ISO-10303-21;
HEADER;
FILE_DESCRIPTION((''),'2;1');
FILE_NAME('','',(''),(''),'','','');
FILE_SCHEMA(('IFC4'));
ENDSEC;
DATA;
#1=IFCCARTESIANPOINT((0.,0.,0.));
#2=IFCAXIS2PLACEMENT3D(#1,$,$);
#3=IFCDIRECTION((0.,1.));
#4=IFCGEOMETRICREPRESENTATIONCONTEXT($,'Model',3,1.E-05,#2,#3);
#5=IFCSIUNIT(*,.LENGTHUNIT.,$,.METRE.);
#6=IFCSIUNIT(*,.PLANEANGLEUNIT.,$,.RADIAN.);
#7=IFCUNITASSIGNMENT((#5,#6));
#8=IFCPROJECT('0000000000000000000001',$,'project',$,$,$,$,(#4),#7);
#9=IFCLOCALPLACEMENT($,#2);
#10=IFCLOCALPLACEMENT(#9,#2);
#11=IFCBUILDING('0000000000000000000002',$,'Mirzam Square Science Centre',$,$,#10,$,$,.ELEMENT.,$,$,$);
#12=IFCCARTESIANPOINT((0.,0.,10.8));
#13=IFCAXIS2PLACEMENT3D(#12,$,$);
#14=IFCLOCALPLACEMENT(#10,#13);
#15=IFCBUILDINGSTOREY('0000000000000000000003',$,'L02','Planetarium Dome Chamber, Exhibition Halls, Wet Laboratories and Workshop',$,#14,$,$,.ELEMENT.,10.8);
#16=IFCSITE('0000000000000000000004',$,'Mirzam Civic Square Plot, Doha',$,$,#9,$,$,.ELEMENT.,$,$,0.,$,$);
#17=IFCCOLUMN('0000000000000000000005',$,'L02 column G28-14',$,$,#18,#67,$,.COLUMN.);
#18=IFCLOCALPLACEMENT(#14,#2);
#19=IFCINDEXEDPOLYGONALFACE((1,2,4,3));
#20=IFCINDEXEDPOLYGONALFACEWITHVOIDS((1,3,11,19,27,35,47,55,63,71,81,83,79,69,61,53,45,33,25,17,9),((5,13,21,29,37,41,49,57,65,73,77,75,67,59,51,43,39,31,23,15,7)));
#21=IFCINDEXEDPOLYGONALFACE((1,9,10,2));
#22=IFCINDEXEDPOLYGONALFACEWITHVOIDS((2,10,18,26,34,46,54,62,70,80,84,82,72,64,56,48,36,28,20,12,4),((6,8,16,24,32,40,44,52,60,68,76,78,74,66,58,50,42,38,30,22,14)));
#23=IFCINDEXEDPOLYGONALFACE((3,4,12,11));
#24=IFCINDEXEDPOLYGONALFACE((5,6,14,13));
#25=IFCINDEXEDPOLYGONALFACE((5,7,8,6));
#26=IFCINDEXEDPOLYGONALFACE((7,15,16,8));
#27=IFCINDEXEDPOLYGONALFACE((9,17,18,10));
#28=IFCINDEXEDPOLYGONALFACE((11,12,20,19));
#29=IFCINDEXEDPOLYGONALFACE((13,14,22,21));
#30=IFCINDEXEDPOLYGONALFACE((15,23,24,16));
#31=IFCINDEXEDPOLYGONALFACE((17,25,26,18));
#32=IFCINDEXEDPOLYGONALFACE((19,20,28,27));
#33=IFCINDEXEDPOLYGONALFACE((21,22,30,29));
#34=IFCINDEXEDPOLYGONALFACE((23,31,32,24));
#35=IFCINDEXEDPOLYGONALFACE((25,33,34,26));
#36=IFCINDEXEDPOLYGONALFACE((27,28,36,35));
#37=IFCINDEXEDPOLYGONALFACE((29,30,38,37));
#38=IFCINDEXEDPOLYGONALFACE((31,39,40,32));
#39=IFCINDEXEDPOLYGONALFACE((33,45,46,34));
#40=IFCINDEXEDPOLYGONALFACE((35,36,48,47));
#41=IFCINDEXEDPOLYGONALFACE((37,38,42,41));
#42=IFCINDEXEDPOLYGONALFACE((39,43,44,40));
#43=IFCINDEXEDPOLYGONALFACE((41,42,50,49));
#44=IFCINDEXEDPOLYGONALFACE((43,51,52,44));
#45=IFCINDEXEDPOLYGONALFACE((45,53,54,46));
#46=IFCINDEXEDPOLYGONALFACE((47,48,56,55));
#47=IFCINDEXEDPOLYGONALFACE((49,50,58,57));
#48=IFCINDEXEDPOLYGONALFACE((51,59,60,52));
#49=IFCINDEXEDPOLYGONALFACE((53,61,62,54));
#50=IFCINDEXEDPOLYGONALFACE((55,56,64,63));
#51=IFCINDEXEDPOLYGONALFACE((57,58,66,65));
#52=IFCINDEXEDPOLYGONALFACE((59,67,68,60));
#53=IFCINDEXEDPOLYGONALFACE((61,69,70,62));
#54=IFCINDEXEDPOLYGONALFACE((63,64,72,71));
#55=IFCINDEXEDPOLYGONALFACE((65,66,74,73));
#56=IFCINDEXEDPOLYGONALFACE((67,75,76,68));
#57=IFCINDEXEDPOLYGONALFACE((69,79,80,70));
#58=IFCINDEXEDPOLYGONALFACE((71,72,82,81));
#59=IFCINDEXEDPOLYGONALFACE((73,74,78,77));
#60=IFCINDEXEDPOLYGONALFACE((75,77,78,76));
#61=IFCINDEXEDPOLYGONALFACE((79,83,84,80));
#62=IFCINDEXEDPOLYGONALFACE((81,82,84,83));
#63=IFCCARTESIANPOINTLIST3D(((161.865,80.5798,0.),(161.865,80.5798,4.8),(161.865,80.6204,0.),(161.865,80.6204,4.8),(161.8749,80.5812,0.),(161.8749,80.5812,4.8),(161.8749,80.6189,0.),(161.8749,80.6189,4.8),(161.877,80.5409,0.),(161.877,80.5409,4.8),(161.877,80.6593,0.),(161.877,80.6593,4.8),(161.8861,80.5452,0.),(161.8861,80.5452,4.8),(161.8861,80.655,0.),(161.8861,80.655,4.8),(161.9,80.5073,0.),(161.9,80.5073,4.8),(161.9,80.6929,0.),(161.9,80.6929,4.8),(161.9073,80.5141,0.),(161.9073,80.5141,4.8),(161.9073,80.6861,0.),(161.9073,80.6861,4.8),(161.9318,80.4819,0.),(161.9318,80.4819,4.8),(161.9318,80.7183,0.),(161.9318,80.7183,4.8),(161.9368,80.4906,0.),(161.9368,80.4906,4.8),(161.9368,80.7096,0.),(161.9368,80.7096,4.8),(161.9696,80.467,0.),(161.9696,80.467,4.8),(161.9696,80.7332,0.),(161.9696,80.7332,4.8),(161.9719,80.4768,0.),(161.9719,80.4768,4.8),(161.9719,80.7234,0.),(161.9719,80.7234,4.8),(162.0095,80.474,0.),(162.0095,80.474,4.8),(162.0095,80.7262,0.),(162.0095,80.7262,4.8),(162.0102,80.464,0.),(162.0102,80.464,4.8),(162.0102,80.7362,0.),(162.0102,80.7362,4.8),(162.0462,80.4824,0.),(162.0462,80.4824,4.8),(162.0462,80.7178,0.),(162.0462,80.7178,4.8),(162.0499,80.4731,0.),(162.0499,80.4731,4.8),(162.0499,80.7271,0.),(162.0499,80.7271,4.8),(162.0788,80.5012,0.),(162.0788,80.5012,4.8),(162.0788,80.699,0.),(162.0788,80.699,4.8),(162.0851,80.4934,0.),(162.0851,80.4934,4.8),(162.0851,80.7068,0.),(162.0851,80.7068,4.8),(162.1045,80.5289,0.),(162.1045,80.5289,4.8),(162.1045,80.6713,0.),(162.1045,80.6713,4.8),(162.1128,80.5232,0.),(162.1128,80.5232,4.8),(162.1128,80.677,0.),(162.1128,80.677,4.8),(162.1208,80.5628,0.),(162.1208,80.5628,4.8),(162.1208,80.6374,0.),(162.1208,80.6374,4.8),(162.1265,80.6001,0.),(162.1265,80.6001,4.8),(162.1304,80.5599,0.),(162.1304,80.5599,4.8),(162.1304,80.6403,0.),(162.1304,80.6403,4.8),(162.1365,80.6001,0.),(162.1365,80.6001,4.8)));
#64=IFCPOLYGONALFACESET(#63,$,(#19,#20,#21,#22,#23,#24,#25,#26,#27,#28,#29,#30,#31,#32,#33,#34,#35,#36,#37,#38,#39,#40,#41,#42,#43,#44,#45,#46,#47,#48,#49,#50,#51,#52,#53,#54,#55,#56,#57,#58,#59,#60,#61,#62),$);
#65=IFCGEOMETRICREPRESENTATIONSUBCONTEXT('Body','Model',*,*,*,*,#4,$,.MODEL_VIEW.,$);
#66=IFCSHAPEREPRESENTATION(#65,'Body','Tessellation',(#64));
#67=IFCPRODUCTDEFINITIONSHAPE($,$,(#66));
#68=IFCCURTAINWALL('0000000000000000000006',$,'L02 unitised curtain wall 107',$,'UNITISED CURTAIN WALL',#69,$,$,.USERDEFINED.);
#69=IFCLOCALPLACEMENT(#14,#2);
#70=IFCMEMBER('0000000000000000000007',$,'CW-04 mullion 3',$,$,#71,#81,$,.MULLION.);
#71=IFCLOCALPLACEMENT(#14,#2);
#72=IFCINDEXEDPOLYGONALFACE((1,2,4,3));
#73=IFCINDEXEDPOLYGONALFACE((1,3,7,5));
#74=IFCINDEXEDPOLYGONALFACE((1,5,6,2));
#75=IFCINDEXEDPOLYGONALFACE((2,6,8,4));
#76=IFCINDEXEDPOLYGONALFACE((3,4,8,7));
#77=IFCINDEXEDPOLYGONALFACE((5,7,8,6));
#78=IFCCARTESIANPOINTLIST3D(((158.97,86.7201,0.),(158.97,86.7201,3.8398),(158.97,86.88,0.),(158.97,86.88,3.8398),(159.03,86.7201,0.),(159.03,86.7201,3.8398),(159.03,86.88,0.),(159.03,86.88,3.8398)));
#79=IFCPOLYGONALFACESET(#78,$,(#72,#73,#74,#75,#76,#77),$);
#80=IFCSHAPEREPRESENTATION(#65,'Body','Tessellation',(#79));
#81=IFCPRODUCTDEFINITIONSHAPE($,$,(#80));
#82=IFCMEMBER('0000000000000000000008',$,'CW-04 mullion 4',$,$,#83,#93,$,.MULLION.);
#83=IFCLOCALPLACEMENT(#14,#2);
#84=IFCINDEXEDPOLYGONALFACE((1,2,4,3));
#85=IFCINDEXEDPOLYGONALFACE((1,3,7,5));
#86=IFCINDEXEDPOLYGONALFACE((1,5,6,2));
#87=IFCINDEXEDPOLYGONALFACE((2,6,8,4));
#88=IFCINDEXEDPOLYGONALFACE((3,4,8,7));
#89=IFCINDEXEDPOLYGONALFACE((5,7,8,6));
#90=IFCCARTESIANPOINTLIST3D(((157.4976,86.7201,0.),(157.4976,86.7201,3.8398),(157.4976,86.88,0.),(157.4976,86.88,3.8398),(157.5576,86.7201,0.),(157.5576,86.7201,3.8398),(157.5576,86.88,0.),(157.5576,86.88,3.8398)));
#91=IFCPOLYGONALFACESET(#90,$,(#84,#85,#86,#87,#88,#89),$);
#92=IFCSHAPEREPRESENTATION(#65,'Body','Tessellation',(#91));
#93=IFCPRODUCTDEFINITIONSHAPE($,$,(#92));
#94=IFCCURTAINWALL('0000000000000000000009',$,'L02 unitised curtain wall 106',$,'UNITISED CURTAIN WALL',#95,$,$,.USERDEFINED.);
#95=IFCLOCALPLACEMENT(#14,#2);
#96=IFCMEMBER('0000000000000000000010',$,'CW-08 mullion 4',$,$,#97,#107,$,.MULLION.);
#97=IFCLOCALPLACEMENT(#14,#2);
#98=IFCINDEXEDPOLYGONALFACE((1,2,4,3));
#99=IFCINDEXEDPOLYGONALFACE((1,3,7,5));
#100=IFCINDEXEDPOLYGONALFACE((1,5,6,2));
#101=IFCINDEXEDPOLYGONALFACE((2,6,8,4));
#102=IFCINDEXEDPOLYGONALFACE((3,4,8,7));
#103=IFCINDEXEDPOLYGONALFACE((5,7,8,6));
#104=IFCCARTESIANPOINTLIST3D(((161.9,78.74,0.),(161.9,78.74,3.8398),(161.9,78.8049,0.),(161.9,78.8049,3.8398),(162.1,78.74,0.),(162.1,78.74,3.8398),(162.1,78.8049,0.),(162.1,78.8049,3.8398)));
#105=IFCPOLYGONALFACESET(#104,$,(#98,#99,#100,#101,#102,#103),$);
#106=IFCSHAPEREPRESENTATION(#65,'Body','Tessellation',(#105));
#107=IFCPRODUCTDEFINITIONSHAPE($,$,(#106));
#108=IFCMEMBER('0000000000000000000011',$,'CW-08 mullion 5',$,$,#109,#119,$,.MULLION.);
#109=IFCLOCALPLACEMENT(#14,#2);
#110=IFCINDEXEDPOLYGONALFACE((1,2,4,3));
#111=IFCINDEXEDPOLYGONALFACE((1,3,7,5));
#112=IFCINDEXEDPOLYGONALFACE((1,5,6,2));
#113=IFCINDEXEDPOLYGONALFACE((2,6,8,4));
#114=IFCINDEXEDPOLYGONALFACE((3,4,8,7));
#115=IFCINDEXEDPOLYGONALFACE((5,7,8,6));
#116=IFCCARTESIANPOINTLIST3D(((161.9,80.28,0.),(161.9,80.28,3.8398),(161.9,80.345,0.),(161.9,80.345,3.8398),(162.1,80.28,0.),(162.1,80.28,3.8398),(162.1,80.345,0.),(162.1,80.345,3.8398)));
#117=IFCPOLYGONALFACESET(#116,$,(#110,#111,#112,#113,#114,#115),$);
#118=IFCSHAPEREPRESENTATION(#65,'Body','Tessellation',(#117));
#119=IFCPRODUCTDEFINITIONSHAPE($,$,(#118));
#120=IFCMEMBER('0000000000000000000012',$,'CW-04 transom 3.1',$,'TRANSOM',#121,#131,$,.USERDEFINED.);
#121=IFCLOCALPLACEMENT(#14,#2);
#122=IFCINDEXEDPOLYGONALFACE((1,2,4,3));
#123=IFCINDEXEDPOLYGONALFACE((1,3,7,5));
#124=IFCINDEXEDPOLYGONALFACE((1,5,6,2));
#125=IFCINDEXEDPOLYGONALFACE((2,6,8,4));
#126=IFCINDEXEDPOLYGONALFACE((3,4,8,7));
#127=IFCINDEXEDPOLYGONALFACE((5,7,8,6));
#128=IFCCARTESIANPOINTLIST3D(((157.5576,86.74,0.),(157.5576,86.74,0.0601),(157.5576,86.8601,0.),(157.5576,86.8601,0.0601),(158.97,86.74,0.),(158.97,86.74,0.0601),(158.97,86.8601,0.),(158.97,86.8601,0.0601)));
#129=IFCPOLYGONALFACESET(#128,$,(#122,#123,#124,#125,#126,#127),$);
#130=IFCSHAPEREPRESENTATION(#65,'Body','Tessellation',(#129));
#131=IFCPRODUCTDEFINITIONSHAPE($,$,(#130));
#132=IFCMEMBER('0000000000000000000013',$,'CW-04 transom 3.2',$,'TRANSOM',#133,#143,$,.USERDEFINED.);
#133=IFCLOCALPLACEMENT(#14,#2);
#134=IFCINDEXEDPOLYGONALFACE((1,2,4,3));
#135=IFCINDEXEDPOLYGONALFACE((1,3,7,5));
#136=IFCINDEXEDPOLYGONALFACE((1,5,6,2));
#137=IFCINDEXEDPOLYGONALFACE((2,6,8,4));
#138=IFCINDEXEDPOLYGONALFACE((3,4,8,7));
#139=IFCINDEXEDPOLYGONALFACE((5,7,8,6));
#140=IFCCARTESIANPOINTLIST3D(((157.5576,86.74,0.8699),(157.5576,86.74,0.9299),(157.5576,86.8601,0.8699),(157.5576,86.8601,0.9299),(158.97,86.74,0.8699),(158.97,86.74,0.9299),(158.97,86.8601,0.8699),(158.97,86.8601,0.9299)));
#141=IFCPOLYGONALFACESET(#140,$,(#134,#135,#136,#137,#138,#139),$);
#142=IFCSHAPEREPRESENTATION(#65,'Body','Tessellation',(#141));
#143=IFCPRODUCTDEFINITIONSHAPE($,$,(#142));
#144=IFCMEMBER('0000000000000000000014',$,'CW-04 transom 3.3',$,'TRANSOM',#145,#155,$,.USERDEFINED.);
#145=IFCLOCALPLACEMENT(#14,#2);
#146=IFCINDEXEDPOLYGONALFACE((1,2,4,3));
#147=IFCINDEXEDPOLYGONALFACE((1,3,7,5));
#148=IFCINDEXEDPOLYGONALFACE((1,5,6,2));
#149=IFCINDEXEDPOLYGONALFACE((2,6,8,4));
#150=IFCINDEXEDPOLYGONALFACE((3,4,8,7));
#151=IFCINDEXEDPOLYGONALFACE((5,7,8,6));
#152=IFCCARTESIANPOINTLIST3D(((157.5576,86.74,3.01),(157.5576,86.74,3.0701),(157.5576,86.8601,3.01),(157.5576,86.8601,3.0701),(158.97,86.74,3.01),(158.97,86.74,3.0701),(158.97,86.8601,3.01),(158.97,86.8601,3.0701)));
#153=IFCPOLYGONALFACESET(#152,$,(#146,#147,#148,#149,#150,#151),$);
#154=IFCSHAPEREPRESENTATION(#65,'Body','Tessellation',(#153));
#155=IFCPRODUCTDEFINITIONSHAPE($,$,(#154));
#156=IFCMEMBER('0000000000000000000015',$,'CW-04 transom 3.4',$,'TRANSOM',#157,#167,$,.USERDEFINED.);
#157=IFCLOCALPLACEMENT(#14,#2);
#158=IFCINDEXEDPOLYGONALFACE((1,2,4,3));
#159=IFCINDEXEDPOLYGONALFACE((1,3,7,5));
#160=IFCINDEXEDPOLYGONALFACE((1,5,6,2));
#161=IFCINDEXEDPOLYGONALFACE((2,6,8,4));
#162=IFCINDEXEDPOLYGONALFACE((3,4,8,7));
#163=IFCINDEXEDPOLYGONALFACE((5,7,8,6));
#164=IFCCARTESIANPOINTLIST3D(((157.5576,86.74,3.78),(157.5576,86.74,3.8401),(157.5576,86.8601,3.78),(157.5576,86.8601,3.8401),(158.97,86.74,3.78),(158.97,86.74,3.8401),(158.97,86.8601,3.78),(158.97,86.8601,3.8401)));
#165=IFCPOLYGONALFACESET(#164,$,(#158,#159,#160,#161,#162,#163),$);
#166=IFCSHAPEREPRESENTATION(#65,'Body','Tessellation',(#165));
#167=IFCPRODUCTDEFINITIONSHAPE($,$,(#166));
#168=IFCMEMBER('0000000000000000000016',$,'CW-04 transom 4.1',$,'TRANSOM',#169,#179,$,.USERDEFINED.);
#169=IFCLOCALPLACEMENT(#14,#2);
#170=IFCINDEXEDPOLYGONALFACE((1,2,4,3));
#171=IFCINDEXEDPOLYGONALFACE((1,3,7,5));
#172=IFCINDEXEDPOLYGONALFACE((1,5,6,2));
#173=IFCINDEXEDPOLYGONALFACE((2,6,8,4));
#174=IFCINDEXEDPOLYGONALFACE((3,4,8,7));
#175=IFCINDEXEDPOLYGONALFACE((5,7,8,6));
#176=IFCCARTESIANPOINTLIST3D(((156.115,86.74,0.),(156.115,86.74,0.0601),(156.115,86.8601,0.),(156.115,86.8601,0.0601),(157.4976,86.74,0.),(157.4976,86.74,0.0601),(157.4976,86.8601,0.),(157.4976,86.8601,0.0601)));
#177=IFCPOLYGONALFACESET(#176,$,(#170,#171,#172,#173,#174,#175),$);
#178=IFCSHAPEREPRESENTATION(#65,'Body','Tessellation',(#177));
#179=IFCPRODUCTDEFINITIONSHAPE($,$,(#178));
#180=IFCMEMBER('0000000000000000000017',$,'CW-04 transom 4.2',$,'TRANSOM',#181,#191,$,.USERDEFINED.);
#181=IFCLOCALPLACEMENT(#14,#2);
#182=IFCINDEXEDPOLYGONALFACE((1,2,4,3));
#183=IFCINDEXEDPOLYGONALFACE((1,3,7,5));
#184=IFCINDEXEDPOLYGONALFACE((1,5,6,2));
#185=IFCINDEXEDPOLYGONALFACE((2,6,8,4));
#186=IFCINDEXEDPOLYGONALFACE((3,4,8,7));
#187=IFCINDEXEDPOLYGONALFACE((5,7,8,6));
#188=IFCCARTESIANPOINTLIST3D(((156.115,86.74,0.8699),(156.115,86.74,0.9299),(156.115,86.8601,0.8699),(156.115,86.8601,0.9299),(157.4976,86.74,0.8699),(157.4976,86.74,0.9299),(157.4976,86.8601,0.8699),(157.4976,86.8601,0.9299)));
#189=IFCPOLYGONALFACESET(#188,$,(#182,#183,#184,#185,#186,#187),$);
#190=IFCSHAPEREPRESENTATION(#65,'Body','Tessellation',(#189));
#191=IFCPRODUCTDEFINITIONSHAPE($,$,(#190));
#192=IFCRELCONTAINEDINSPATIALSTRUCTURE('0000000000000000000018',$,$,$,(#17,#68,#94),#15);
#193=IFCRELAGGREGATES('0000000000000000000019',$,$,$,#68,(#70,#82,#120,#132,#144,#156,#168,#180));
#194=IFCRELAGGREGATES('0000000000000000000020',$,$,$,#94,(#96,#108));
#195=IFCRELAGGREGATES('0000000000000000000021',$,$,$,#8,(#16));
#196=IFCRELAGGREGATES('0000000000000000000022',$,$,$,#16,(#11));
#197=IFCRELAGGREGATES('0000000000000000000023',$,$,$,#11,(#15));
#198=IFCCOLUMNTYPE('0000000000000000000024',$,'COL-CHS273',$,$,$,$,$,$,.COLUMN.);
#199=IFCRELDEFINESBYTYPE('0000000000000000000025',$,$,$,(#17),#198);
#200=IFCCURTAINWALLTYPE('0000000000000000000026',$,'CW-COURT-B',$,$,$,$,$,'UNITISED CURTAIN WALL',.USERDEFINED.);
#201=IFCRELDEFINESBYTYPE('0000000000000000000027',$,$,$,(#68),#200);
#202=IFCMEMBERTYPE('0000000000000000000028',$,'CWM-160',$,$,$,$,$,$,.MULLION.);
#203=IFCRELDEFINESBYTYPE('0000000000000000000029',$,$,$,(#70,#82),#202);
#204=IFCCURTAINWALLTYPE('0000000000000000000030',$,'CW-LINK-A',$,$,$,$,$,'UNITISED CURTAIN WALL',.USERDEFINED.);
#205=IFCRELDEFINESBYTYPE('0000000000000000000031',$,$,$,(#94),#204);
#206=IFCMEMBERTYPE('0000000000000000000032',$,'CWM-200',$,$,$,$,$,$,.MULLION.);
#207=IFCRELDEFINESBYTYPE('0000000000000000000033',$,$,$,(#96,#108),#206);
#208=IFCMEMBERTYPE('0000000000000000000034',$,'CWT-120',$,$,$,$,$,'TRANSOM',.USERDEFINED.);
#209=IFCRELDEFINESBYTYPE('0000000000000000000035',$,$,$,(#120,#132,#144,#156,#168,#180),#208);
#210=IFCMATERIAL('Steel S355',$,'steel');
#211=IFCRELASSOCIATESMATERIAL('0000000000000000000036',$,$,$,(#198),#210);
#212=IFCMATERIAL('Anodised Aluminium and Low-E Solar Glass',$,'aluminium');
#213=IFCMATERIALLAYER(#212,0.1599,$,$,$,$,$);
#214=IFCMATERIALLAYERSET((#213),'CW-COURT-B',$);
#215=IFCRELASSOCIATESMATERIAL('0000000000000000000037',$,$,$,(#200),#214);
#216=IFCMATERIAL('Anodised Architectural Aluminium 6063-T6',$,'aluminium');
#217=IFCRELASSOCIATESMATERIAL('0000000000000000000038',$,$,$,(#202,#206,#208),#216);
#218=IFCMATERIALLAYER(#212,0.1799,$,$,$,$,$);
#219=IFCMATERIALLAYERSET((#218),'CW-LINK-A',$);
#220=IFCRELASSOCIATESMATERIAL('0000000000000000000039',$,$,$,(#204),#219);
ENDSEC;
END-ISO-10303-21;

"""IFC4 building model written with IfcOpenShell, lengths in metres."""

from ifc_helpers import new_model, si_unit, direction, frame, origin, origin_2d, place, context, subcontext, project, spatial, rectangle, hollow_circle, extrude, material, layer, layer_set, material_profile, profile_set, type_object, element, aggregate, save


model = new_model("IFC4")

# Units and contexts
model_context = context("Model", 3, precision=1e-05, world=origin(), true_north=direction((0.0, 1.0)))
body_context = subcontext(model_context, "Body", "Model", "MODEL_VIEW")
ifc_project = project(units=[si_unit("LENGTHUNIT", "METRE"), si_unit("PLANEANGLEUNIT", "RADIAN")], contexts=[model_context])

# Site, building, storey
site_placement = place(None, origin())
site = spatial("IfcSite", under=ifc_project, at=site_placement, Name="Mirzam Civic Square Plot, Doha", CompositionType="ELEMENT", RefElevation=0.0)
building_placement = place(site_placement, origin())
building = spatial("IfcBuilding", under=site, at=building_placement, Name="Mirzam Square Science Centre", CompositionType="ELEMENT")
storey_placement = place(building_placement, frame((0.0, 0.0, 10.8)))
storey = spatial("IfcBuildingStorey", under=building, at=storey_placement, Name="L02", Description="Planetarium Dome Chamber, Exhibition Halls, Wet Laboratories and Workshop", CompositionType="ELEMENT", Elevation=10.8)

# Column
ifc_material_1 = material(Name="Steel S355", Category="steel")
ifc_material_profile_1 = material_profile(ifc_material_1, hollow_circle(Radius=0.1365, WallThickness=0.01, at=origin_2d()), Name="273.0x10.0CHS")
ifc_profile_set_1 = profile_set([ifc_material_profile_1], Name="Steel S355")
column_type = type_object("IfcColumnType", Name="COL-CHS273", PredefinedType="COLUMN", material=ifc_profile_set_1)
column_placement = place(storey_placement, frame((162.0, 80.6001, 0.0), z_axis=(0.0, 0.0, 1.0), x_axis=(1.0, 0.0, 0.0)))
element("IfcColumn", 1, at=column_placement, inside=storey, type_object=column_type, Name="L02 column G28-14", PredefinedType="COLUMN", context=body_context, shape_type="SweptSolid", body=[
    extrude(hollow_circle(Radius=0.1365, WallThickness=0.01, at=origin_2d()), origin(), (0.0, 0.0, 1.0), 4.8),
])

# Curtain walls, members
ifc_material_2 = material(Name="Anodised Aluminium and Low-E Solar Glass", Category="aluminium")
ifc_layer_1 = layer(ifc_material_2, 0.1599)
ifc_layer_set_1 = layer_set([ifc_layer_1], Name="CW-COURT-B")
curtain_wall_type_1 = type_object("IfcCurtainWallType", Name="CW-COURT-B", ElementType="UNITISED CURTAIN WALL", PredefinedType="USERDEFINED", material=ifc_layer_set_1)
curtain_wall_1_placement = place(storey_placement, origin())
curtain_wall_1 = element("IfcCurtainWall", 2, at=curtain_wall_1_placement, inside=storey, type_object=curtain_wall_type_1, Name="L02 unitised curtain wall 107", ObjectType="UNITISED CURTAIN WALL", PredefinedType="USERDEFINED")
ifc_material_3 = material(Name="Anodised Architectural Aluminium 6063-T6", Category="aluminium")
ifc_material_profile_2 = material_profile(ifc_material_3, rectangle(XDim=0.0601, YDim=0.1599, at=origin_2d()), Name="ALU-MULL-160x60x4")
ifc_profile_set_2 = profile_set([ifc_material_profile_2], Name="Anodised Architectural Aluminium 6063-T6")
member_type_1 = type_object("IfcMemberType", Name="CWM-160", PredefinedType="MULLION", material=ifc_profile_set_2)
member_1_placement = place(storey_placement, frame((159.0, 86.8, 0.0), z_axis=(0.0, 0.0, 1.0), x_axis=(-1.0, 0.0, 0.0)))
member_1 = element("IfcMember", 3, at=member_1_placement, type_object=member_type_1, Name="CW-04 mullion 3", PredefinedType="MULLION", context=body_context, shape_type="SweptSolid", body=[
    extrude(rectangle(XDim=0.0601, YDim=0.1599, at=origin_2d()), origin(), (0.0, 0.0, 1.0), 3.8398),
])
member_2_placement = place(storey_placement, frame((157.5276, 86.8, 0.0), z_axis=(0.0, 0.0, 1.0), x_axis=(-1.0, 0.0, 0.0)))
member_2 = element("IfcMember", 4, at=member_2_placement, type_object=member_type_1, Name="CW-04 mullion 4", PredefinedType="MULLION", context=body_context, shape_type="SweptSolid", body=[
    extrude(rectangle(XDim=0.0601, YDim=0.1599, at=origin_2d()), origin(), (0.0, 0.0, 1.0), 3.8398),
])
ifc_layer_2 = layer(ifc_material_2, 0.1799)
ifc_layer_set_2 = layer_set([ifc_layer_2], Name="CW-LINK-A")
curtain_wall_type_2 = type_object("IfcCurtainWallType", Name="CW-LINK-A", ElementType="UNITISED CURTAIN WALL", PredefinedType="USERDEFINED", material=ifc_layer_set_2)
curtain_wall_2_placement = place(storey_placement, origin())
curtain_wall_2 = element("IfcCurtainWall", 5, at=curtain_wall_2_placement, inside=storey, type_object=curtain_wall_type_2, Name="L02 unitised curtain wall 106", ObjectType="UNITISED CURTAIN WALL", PredefinedType="USERDEFINED")
ifc_material_profile_3 = material_profile(ifc_material_3, rectangle(XDim=0.0649, YDim=0.2, at=origin_2d()), Name="ALU-MULL-200x65x5")
ifc_profile_set_3 = profile_set([ifc_material_profile_3], Name="Anodised Architectural Aluminium 6063-T6")
member_type_2 = type_object("IfcMemberType", Name="CWM-200", PredefinedType="MULLION", material=ifc_profile_set_3)
member_3_placement = place(storey_placement, frame((162.0, 78.7725, 0.0), z_axis=(0.0, 0.0, 1.0), x_axis=(0.0, 1.0, 0.0)))
member_3 = element("IfcMember", 6, at=member_3_placement, type_object=member_type_2, Name="CW-08 mullion 4", PredefinedType="MULLION", context=body_context, shape_type="SweptSolid", body=[
    extrude(rectangle(XDim=0.0649, YDim=0.2, at=origin_2d()), origin(), (0.0, 0.0, 1.0), 3.8398),
])
member_4_placement = place(storey_placement, frame((162.0, 80.3125, 0.0), z_axis=(0.0, 0.0, 1.0), x_axis=(0.0, 1.0, 0.0)))
member_4 = element("IfcMember", 7, at=member_4_placement, type_object=member_type_2, Name="CW-08 mullion 5", PredefinedType="MULLION", context=body_context, shape_type="SweptSolid", body=[
    extrude(rectangle(XDim=0.0649, YDim=0.2, at=origin_2d()), origin(), (0.0, 0.0, 1.0), 3.8398),
])

# Members
ifc_material_profile_4 = material_profile(ifc_material_3, rectangle(XDim=0.1201, YDim=0.0601, at=origin_2d()), Name="ALU-TRAN-120x60x4")
ifc_profile_set_4 = profile_set([ifc_material_profile_4], Name="Anodised Architectural Aluminium 6063-T6")
member_type_3 = type_object("IfcMemberType", Name="CWT-120", ElementType="TRANSOM", PredefinedType="USERDEFINED", material=ifc_profile_set_4)
member_5_placement = place(storey_placement, frame((158.97, 86.8, 0.03), z_axis=(-1.0, 0.0, 0.0), x_axis=(0.0, -1.0, 0.0)))
member_5 = element("IfcMember", 8, at=member_5_placement, type_object=member_type_3, Name="CW-04 transom 3.1", ObjectType="TRANSOM", PredefinedType="USERDEFINED", context=body_context, shape_type="SweptSolid", body=[
    extrude(rectangle(XDim=0.1201, YDim=0.0601, at=origin_2d()), origin(), (0.0, 0.0, 1.0), 1.4124),
])
member_6_placement = place(storey_placement, frame((158.97, 86.8, 0.8999), z_axis=(-1.0, 0.0, 0.0), x_axis=(0.0, -1.0, 0.0)))
member_6 = element("IfcMember", 9, at=member_6_placement, type_object=member_type_3, Name="CW-04 transom 3.2", ObjectType="TRANSOM", PredefinedType="USERDEFINED", context=body_context, shape_type="SweptSolid", body=[
    extrude(rectangle(XDim=0.1201, YDim=0.0601, at=origin_2d()), origin(), (0.0, 0.0, 1.0), 1.4124),
])
member_7_placement = place(storey_placement, frame((158.97, 86.8, 3.04), z_axis=(-1.0, 0.0, 0.0), x_axis=(0.0, -1.0, 0.0)))
member_7 = element("IfcMember", 10, at=member_7_placement, type_object=member_type_3, Name="CW-04 transom 3.3", ObjectType="TRANSOM", PredefinedType="USERDEFINED", context=body_context, shape_type="SweptSolid", body=[
    extrude(rectangle(XDim=0.1201, YDim=0.0601, at=origin_2d()), origin(), (0.0, 0.0, 1.0), 1.4124),
])
member_8_placement = place(storey_placement, frame((158.97, 86.8, 3.8101), z_axis=(-1.0, 0.0, 0.0), x_axis=(0.0, -1.0, 0.0)))
member_8 = element("IfcMember", 11, at=member_8_placement, type_object=member_type_3, Name="CW-04 transom 3.4", ObjectType="TRANSOM", PredefinedType="USERDEFINED", context=body_context, shape_type="SweptSolid", body=[
    extrude(rectangle(XDim=0.1201, YDim=0.0601, at=origin_2d()), origin(), (0.0, 0.0, 1.0), 1.4124),
])
member_9_placement = place(storey_placement, frame((157.4976, 86.8, 0.03), z_axis=(-1.0, 0.0, 0.0), x_axis=(0.0, -1.0, 0.0)))
member_9 = element("IfcMember", 12, at=member_9_placement, type_object=member_type_3, Name="CW-04 transom 4.1", ObjectType="TRANSOM", PredefinedType="USERDEFINED", context=body_context, shape_type="SweptSolid", body=[
    extrude(rectangle(XDim=0.1201, YDim=0.0601, at=origin_2d()), origin(), (0.0, 0.0, 1.0), 1.3826),
])
member_10_placement = place(storey_placement, frame((157.4976, 86.8, 0.8999), z_axis=(-1.0, 0.0, 0.0), x_axis=(0.0, -1.0, 0.0)))
member_10 = element("IfcMember", 13, at=member_10_placement, type_object=member_type_3, Name="CW-04 transom 4.2", ObjectType="TRANSOM", PredefinedType="USERDEFINED", context=body_context, shape_type="SweptSolid", body=[
    extrude(rectangle(XDim=0.1201, YDim=0.0601, at=origin_2d()), origin(), (0.0, 0.0, 1.0), 1.3826),
])

aggregate(curtain_wall_1, [member_1, member_2, member_5, member_6, member_7, member_8, member_9, member_10])
aggregate(curtain_wall_2, [member_3, member_4])

save(model, "model.ifc")
